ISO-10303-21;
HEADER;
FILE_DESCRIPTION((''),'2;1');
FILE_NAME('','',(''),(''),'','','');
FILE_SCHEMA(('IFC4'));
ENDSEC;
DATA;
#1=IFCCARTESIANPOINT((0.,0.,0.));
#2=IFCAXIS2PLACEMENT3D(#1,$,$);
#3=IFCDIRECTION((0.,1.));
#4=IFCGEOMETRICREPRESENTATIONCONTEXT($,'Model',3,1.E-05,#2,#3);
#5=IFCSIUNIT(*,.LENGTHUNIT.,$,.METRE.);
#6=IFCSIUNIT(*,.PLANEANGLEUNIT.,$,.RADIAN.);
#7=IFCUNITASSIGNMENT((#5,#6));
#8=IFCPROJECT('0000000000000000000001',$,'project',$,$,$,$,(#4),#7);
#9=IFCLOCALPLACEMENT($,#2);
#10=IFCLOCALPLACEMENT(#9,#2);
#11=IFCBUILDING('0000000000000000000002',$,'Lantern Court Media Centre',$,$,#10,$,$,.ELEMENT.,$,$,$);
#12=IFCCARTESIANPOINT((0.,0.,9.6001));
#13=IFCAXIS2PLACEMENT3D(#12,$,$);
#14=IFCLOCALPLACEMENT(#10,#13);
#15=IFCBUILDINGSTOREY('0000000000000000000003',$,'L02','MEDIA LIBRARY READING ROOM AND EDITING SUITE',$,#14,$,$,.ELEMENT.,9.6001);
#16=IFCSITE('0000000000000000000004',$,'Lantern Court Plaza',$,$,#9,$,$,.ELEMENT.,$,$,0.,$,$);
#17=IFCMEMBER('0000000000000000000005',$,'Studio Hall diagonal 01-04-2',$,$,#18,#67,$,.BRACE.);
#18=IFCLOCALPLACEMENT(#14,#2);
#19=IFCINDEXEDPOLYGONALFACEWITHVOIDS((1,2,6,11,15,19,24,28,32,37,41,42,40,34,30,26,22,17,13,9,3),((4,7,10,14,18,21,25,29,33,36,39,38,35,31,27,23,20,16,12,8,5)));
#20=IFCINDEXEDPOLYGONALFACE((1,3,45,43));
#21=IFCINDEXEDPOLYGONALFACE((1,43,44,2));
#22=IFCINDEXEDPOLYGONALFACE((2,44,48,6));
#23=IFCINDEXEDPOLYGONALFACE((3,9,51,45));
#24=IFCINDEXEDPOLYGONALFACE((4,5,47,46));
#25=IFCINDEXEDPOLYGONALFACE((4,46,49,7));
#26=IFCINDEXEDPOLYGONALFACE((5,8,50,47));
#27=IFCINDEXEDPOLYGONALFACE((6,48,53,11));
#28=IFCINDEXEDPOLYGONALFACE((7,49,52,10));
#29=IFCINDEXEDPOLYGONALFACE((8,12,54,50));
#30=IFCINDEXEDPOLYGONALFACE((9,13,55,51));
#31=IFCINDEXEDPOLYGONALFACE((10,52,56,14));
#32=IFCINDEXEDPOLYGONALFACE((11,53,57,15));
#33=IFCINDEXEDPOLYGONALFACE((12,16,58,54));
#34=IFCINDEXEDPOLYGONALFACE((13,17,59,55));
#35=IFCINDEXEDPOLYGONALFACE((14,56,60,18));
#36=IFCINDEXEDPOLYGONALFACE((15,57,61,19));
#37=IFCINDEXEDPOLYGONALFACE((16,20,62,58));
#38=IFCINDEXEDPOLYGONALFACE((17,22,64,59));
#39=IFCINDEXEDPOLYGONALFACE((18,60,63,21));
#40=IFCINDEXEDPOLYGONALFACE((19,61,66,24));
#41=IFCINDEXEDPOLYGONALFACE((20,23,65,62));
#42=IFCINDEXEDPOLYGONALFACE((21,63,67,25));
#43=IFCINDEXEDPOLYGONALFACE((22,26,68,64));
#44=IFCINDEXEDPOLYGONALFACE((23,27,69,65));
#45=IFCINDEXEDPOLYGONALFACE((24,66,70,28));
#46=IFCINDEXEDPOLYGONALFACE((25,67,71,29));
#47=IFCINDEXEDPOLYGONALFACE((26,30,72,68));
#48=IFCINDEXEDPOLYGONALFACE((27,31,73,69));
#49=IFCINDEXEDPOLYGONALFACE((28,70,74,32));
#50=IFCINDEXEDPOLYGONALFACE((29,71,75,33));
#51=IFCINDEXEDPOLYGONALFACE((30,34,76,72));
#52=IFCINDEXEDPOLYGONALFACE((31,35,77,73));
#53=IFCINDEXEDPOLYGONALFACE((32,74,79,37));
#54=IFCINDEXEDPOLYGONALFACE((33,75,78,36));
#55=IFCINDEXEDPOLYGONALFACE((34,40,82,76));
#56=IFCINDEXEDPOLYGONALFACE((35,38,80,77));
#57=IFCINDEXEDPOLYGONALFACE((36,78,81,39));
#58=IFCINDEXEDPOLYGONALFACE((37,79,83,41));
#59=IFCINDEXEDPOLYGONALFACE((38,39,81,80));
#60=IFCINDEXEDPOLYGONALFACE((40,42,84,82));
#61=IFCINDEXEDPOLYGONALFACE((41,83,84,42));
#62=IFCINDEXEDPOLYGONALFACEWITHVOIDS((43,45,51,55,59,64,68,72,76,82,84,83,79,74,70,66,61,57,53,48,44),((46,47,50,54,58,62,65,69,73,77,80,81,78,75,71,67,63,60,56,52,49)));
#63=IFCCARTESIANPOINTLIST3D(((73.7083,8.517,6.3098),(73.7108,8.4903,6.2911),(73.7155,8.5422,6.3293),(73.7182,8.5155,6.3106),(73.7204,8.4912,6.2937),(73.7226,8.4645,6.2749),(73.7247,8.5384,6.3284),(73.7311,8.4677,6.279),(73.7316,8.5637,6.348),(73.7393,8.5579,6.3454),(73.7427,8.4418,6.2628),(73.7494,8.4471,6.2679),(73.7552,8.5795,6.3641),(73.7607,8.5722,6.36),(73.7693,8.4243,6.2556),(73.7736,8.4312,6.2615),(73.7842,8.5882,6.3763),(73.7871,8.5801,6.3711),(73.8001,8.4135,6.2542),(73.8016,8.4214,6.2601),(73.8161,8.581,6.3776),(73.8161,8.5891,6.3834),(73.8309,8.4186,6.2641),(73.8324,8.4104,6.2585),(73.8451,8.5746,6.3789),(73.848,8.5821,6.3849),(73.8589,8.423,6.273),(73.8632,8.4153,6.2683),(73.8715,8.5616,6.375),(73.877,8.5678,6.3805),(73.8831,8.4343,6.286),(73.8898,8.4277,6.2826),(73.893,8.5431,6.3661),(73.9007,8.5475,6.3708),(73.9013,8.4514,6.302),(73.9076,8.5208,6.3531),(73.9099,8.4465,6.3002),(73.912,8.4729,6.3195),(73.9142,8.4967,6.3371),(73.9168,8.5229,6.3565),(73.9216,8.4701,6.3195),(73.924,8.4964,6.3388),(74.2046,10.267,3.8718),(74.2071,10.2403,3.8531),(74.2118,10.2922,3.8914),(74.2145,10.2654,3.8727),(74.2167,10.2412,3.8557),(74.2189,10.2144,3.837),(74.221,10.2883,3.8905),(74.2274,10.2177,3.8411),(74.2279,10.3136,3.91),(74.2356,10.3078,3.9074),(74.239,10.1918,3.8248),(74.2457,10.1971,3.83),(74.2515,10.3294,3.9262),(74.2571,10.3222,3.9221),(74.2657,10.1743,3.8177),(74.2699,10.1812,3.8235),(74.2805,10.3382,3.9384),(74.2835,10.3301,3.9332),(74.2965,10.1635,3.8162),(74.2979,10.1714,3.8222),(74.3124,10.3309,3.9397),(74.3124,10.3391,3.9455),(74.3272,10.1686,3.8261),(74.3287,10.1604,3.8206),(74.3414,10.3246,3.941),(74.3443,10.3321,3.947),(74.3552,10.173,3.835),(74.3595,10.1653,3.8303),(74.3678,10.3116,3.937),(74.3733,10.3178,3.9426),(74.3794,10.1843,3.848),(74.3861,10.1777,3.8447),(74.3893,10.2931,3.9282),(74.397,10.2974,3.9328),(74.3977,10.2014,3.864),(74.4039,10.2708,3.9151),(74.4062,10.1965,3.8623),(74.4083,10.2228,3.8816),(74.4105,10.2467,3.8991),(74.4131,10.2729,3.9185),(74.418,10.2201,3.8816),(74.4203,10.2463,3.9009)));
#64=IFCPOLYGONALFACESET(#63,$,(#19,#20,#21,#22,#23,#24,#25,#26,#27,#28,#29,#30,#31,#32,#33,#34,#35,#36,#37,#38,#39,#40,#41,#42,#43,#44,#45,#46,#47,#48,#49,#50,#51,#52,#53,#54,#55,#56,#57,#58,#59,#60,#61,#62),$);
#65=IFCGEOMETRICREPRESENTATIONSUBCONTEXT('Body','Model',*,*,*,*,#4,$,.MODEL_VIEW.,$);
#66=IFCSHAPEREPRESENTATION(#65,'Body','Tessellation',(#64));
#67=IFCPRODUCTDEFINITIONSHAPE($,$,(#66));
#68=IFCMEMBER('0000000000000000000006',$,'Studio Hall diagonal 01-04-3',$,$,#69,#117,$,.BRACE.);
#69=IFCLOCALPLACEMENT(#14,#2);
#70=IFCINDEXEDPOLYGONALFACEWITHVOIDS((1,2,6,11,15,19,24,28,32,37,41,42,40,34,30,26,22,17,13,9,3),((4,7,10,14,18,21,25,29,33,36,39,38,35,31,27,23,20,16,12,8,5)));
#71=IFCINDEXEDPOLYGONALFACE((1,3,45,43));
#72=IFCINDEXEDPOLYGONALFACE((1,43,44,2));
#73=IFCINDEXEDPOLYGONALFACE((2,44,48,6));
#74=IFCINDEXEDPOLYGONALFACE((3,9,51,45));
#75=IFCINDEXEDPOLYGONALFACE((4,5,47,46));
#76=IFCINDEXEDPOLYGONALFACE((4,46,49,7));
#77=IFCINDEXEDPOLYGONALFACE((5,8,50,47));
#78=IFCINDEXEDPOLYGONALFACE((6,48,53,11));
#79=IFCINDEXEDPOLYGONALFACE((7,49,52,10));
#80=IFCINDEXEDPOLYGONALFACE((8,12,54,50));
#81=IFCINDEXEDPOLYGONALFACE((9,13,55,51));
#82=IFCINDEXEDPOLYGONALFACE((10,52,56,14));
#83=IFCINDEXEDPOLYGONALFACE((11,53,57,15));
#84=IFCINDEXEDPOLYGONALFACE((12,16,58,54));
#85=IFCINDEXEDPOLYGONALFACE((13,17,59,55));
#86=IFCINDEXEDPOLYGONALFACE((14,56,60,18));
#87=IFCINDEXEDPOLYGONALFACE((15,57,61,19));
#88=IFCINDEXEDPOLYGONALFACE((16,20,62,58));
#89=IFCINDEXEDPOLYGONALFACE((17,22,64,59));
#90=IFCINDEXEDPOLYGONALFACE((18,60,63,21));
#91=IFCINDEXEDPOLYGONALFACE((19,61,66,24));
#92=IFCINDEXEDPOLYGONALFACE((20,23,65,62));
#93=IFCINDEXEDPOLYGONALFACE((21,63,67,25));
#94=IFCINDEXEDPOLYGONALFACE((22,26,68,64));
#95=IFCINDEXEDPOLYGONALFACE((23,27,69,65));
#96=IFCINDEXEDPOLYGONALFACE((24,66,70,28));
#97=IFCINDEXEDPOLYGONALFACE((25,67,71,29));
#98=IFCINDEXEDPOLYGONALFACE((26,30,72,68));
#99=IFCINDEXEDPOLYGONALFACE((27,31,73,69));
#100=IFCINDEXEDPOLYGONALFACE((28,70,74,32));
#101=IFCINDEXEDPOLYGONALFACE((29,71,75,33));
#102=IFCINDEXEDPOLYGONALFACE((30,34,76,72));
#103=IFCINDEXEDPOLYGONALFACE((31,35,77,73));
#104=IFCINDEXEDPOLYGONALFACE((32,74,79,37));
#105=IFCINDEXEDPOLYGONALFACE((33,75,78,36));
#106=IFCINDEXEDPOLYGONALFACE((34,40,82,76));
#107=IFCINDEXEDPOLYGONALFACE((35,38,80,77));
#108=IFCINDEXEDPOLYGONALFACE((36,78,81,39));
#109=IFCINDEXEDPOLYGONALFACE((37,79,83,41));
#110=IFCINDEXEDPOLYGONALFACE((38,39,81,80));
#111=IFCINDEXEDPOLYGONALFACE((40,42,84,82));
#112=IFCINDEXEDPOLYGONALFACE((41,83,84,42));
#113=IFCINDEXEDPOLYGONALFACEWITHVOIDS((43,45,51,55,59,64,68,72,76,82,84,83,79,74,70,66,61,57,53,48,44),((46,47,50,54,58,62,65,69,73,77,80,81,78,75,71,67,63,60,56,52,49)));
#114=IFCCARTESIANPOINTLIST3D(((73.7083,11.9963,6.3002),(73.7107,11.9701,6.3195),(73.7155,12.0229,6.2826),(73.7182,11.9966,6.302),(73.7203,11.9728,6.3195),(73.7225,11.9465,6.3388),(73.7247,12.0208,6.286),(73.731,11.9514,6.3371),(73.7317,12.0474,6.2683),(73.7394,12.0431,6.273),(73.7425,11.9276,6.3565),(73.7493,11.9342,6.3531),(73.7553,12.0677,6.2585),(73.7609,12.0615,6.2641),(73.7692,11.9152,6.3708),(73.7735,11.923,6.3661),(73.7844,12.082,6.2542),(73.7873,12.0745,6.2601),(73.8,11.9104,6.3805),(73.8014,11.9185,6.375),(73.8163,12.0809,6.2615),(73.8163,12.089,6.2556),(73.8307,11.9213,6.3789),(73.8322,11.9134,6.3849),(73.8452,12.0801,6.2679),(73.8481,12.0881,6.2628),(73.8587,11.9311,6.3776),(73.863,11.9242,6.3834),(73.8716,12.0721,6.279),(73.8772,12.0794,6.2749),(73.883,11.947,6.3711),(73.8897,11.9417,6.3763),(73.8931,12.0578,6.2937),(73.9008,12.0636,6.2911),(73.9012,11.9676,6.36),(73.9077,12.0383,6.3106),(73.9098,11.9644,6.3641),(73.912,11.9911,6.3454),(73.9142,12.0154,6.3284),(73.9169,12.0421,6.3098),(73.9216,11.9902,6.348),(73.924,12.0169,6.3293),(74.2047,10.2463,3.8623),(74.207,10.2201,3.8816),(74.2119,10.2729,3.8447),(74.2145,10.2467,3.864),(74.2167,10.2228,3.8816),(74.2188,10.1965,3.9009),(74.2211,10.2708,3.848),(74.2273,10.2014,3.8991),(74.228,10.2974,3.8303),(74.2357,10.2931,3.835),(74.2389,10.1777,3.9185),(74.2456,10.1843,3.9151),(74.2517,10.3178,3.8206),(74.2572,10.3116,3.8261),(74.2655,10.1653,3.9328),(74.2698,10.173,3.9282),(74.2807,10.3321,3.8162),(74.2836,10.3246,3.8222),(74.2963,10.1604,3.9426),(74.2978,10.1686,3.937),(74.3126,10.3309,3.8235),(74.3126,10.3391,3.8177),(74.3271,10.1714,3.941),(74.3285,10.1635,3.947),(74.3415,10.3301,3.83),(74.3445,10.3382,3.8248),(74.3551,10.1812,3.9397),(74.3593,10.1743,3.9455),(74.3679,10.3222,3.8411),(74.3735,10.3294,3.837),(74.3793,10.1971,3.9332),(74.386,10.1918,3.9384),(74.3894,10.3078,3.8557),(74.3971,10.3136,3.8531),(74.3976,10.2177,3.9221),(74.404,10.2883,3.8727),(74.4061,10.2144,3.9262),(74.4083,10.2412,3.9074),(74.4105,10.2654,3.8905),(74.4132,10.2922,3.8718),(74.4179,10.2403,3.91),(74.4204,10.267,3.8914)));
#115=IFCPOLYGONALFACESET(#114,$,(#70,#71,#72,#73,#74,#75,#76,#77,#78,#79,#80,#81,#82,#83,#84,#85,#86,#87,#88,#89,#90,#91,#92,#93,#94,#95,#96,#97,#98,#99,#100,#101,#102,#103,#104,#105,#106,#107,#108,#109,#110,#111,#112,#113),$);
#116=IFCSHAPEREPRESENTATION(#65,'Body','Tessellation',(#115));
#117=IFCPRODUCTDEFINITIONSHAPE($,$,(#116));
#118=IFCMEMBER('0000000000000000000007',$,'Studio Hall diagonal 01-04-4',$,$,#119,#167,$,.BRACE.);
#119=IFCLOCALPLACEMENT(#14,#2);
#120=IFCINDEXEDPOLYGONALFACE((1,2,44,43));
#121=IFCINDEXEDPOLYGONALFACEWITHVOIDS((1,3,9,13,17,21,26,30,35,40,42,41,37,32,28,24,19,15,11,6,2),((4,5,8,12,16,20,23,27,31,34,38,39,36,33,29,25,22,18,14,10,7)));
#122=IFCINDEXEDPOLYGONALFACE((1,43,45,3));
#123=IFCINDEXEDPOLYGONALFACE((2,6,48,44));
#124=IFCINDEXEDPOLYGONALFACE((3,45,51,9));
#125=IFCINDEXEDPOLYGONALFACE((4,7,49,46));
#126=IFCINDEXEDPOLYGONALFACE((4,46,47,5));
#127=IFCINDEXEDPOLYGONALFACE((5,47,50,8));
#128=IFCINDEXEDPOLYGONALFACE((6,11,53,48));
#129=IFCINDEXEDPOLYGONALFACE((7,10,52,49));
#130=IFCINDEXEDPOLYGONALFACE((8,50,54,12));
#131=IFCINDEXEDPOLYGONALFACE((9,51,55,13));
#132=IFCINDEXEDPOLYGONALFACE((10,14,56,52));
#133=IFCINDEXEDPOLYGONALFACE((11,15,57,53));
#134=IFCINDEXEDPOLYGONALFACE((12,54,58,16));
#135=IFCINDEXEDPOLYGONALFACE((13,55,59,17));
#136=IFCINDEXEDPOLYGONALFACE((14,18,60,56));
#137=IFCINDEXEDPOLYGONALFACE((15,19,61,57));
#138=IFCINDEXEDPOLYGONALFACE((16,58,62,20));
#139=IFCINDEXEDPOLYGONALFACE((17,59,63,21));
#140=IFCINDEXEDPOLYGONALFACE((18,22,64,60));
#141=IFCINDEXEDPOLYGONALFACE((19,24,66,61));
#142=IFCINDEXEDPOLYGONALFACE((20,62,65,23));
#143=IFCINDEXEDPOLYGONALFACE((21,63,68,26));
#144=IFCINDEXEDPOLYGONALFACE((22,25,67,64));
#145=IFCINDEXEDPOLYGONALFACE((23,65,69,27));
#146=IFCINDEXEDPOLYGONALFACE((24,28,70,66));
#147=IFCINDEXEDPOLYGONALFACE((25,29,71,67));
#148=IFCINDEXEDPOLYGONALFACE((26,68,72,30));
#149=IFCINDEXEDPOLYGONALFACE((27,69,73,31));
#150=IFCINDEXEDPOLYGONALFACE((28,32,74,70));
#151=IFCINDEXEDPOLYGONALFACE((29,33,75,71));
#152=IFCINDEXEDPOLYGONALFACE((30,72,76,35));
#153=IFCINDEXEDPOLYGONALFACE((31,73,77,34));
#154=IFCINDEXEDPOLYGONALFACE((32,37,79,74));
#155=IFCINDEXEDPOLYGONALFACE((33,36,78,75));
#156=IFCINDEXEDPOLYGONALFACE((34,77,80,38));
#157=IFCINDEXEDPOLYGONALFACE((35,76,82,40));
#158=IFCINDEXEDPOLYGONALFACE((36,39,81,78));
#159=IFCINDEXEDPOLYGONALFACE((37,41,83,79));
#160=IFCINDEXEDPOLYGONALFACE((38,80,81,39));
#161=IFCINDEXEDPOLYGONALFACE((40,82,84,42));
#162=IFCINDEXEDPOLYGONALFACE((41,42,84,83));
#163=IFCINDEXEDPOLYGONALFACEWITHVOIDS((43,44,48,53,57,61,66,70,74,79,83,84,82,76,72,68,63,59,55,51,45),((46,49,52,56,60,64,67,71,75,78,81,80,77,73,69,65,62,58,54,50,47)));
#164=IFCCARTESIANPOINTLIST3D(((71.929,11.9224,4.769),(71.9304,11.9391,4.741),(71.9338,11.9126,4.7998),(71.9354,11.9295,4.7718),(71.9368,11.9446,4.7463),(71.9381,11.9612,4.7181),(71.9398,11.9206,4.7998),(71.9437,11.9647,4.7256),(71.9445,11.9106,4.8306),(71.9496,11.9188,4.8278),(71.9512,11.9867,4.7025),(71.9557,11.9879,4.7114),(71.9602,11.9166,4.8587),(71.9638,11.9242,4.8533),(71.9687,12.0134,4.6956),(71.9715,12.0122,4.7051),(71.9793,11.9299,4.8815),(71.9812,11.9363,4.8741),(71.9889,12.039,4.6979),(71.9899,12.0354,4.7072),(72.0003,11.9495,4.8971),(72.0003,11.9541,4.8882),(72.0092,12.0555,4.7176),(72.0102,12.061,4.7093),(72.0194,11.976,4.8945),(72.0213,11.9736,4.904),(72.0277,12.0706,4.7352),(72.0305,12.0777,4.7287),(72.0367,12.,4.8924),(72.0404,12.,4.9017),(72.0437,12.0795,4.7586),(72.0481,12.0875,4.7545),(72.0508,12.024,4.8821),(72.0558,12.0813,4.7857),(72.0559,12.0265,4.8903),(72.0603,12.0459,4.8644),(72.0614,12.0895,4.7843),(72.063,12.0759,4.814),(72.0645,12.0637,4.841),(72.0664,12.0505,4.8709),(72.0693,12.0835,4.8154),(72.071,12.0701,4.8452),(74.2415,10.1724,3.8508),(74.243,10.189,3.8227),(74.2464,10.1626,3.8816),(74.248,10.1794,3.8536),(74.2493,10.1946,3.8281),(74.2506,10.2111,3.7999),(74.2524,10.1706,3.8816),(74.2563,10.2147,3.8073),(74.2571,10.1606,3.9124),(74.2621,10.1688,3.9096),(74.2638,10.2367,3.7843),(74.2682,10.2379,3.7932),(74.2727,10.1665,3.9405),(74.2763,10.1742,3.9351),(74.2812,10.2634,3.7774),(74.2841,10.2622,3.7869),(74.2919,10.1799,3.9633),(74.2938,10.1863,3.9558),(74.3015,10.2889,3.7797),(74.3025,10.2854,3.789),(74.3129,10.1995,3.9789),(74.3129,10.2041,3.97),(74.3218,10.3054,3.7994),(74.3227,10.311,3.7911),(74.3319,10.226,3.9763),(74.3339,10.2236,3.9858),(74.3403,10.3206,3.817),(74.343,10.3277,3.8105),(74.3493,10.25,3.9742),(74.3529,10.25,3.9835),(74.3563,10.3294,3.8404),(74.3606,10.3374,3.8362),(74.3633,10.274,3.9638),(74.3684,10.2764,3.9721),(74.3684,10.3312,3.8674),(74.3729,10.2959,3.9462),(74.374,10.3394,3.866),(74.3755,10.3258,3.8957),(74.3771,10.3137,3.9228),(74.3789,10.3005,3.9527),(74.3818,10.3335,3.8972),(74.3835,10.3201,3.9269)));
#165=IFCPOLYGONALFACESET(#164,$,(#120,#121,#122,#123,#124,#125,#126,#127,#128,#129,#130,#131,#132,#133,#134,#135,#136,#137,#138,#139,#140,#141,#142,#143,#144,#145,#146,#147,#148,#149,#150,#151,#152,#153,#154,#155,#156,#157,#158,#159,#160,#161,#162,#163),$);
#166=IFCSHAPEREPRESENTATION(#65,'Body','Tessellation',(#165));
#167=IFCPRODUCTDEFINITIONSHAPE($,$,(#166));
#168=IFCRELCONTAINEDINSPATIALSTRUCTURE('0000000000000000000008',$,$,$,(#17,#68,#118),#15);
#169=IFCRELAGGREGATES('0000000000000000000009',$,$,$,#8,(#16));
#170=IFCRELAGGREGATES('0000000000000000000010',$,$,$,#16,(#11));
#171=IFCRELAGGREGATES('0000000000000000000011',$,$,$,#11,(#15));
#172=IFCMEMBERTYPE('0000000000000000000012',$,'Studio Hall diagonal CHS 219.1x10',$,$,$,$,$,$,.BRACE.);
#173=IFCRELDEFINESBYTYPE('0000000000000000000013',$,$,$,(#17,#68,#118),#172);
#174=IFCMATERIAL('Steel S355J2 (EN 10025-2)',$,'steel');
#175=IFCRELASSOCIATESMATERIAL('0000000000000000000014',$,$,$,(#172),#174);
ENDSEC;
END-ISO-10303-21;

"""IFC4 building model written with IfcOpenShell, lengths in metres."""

from ifc_helpers import new_model, si_unit, direction, frame, origin, origin_2d, place, context, subcontext, project, spatial, hollow_circle, extrude, material, material_profile, profile_set, type_object, element, save


model = new_model("IFC4")

# Units and contexts
model_context = context("Model", 3, precision=1e-05, world=origin(), true_north=direction((0.0, 1.0)))
body_context = subcontext(model_context, "Body", "Model", "MODEL_VIEW")
ifc_project = project(units=[si_unit("LENGTHUNIT", "METRE"), si_unit("PLANEANGLEUNIT", "RADIAN")], contexts=[model_context])

# Site, building, storey
site_placement = place(None, origin())
site = spatial("IfcSite", under=ifc_project, at=site_placement, Name="Lantern Court Plaza", CompositionType="ELEMENT", RefElevation=0.0)
building_placement = place(site_placement, origin())
building = spatial("IfcBuilding", under=site, at=building_placement, Name="Lantern Court Media Centre", CompositionType="ELEMENT")
storey_placement = place(building_placement, frame((0.0, 0.0, 9.6001)))
storey = spatial("IfcBuildingStorey", under=building, at=storey_placement, Name="L02", Description="MEDIA LIBRARY READING ROOM AND EDITING SUITE", CompositionType="ELEMENT", Elevation=9.6001)

# Members
ifc_material = material(Name="Steel S355J2 (EN 10025-2)", Category="steel")
ifc_material_profile_1 = material_profile(ifc_material, hollow_circle(Radius=0.1096, WallThickness=0.01, at=origin_2d()), Name="Studio Hall diagonal CHS 219.1x10")
ifc_profile_set_1 = profile_set([ifc_material_profile_1], Name="Steel S355J2 (EN 10025-2)")
member_type_1 = type_object("IfcMemberType", Name="Studio Hall diagonal CHS 219.1x10", PredefinedType="BRACE", material=ifc_profile_set_1)
for number, where, z_axis, x_axis, name in (
    (1, (74.3125, 10.25, 3.8816), (-0.163172, -0.575314, 0.801491), (0.962054, -0.272859, 0.0), "Studio Hall diagonal 01-04-2"),
    (2, (74.3125, 10.25, 3.8816), (-0.163172, 0.575314, 0.801491), (-0.962054, -0.272859, 0.0), "Studio Hall diagonal 01-04-3"),
):
    element("IfcMember", number, at=place(storey_placement, frame(where, z_axis=z_axis, x_axis=x_axis)), inside=storey, type_object=member_type_1, Name=name, PredefinedType="BRACE", context=body_context, shape_type="SweptSolid", body=[
        extrude(hollow_circle(Radius=0.1096, WallThickness=0.01, at=origin_2d()), origin(), (0.0, 0.0, 1.0), 3.0417),
    ])
member_1_placement = place(storey_placement, frame((74.3125, 10.25, 3.8816), z_axis=(-0.760211, 0.575295, 0.301853), x_axis=(-0.603443, -0.797406, 0.0)))
element("IfcMember", 3, at=member_1_placement, inside=storey, type_object=member_type_1, Name="Studio Hall diagonal 01-04-4", PredefinedType="BRACE", context=body_context, shape_type="SweptSolid", body=[
    extrude(hollow_circle(Radius=0.1096, WallThickness=0.01, at=origin_2d()), origin(), (0.0, 0.0, 1.0), 3.042),
])

save(model, "model.ifc")
